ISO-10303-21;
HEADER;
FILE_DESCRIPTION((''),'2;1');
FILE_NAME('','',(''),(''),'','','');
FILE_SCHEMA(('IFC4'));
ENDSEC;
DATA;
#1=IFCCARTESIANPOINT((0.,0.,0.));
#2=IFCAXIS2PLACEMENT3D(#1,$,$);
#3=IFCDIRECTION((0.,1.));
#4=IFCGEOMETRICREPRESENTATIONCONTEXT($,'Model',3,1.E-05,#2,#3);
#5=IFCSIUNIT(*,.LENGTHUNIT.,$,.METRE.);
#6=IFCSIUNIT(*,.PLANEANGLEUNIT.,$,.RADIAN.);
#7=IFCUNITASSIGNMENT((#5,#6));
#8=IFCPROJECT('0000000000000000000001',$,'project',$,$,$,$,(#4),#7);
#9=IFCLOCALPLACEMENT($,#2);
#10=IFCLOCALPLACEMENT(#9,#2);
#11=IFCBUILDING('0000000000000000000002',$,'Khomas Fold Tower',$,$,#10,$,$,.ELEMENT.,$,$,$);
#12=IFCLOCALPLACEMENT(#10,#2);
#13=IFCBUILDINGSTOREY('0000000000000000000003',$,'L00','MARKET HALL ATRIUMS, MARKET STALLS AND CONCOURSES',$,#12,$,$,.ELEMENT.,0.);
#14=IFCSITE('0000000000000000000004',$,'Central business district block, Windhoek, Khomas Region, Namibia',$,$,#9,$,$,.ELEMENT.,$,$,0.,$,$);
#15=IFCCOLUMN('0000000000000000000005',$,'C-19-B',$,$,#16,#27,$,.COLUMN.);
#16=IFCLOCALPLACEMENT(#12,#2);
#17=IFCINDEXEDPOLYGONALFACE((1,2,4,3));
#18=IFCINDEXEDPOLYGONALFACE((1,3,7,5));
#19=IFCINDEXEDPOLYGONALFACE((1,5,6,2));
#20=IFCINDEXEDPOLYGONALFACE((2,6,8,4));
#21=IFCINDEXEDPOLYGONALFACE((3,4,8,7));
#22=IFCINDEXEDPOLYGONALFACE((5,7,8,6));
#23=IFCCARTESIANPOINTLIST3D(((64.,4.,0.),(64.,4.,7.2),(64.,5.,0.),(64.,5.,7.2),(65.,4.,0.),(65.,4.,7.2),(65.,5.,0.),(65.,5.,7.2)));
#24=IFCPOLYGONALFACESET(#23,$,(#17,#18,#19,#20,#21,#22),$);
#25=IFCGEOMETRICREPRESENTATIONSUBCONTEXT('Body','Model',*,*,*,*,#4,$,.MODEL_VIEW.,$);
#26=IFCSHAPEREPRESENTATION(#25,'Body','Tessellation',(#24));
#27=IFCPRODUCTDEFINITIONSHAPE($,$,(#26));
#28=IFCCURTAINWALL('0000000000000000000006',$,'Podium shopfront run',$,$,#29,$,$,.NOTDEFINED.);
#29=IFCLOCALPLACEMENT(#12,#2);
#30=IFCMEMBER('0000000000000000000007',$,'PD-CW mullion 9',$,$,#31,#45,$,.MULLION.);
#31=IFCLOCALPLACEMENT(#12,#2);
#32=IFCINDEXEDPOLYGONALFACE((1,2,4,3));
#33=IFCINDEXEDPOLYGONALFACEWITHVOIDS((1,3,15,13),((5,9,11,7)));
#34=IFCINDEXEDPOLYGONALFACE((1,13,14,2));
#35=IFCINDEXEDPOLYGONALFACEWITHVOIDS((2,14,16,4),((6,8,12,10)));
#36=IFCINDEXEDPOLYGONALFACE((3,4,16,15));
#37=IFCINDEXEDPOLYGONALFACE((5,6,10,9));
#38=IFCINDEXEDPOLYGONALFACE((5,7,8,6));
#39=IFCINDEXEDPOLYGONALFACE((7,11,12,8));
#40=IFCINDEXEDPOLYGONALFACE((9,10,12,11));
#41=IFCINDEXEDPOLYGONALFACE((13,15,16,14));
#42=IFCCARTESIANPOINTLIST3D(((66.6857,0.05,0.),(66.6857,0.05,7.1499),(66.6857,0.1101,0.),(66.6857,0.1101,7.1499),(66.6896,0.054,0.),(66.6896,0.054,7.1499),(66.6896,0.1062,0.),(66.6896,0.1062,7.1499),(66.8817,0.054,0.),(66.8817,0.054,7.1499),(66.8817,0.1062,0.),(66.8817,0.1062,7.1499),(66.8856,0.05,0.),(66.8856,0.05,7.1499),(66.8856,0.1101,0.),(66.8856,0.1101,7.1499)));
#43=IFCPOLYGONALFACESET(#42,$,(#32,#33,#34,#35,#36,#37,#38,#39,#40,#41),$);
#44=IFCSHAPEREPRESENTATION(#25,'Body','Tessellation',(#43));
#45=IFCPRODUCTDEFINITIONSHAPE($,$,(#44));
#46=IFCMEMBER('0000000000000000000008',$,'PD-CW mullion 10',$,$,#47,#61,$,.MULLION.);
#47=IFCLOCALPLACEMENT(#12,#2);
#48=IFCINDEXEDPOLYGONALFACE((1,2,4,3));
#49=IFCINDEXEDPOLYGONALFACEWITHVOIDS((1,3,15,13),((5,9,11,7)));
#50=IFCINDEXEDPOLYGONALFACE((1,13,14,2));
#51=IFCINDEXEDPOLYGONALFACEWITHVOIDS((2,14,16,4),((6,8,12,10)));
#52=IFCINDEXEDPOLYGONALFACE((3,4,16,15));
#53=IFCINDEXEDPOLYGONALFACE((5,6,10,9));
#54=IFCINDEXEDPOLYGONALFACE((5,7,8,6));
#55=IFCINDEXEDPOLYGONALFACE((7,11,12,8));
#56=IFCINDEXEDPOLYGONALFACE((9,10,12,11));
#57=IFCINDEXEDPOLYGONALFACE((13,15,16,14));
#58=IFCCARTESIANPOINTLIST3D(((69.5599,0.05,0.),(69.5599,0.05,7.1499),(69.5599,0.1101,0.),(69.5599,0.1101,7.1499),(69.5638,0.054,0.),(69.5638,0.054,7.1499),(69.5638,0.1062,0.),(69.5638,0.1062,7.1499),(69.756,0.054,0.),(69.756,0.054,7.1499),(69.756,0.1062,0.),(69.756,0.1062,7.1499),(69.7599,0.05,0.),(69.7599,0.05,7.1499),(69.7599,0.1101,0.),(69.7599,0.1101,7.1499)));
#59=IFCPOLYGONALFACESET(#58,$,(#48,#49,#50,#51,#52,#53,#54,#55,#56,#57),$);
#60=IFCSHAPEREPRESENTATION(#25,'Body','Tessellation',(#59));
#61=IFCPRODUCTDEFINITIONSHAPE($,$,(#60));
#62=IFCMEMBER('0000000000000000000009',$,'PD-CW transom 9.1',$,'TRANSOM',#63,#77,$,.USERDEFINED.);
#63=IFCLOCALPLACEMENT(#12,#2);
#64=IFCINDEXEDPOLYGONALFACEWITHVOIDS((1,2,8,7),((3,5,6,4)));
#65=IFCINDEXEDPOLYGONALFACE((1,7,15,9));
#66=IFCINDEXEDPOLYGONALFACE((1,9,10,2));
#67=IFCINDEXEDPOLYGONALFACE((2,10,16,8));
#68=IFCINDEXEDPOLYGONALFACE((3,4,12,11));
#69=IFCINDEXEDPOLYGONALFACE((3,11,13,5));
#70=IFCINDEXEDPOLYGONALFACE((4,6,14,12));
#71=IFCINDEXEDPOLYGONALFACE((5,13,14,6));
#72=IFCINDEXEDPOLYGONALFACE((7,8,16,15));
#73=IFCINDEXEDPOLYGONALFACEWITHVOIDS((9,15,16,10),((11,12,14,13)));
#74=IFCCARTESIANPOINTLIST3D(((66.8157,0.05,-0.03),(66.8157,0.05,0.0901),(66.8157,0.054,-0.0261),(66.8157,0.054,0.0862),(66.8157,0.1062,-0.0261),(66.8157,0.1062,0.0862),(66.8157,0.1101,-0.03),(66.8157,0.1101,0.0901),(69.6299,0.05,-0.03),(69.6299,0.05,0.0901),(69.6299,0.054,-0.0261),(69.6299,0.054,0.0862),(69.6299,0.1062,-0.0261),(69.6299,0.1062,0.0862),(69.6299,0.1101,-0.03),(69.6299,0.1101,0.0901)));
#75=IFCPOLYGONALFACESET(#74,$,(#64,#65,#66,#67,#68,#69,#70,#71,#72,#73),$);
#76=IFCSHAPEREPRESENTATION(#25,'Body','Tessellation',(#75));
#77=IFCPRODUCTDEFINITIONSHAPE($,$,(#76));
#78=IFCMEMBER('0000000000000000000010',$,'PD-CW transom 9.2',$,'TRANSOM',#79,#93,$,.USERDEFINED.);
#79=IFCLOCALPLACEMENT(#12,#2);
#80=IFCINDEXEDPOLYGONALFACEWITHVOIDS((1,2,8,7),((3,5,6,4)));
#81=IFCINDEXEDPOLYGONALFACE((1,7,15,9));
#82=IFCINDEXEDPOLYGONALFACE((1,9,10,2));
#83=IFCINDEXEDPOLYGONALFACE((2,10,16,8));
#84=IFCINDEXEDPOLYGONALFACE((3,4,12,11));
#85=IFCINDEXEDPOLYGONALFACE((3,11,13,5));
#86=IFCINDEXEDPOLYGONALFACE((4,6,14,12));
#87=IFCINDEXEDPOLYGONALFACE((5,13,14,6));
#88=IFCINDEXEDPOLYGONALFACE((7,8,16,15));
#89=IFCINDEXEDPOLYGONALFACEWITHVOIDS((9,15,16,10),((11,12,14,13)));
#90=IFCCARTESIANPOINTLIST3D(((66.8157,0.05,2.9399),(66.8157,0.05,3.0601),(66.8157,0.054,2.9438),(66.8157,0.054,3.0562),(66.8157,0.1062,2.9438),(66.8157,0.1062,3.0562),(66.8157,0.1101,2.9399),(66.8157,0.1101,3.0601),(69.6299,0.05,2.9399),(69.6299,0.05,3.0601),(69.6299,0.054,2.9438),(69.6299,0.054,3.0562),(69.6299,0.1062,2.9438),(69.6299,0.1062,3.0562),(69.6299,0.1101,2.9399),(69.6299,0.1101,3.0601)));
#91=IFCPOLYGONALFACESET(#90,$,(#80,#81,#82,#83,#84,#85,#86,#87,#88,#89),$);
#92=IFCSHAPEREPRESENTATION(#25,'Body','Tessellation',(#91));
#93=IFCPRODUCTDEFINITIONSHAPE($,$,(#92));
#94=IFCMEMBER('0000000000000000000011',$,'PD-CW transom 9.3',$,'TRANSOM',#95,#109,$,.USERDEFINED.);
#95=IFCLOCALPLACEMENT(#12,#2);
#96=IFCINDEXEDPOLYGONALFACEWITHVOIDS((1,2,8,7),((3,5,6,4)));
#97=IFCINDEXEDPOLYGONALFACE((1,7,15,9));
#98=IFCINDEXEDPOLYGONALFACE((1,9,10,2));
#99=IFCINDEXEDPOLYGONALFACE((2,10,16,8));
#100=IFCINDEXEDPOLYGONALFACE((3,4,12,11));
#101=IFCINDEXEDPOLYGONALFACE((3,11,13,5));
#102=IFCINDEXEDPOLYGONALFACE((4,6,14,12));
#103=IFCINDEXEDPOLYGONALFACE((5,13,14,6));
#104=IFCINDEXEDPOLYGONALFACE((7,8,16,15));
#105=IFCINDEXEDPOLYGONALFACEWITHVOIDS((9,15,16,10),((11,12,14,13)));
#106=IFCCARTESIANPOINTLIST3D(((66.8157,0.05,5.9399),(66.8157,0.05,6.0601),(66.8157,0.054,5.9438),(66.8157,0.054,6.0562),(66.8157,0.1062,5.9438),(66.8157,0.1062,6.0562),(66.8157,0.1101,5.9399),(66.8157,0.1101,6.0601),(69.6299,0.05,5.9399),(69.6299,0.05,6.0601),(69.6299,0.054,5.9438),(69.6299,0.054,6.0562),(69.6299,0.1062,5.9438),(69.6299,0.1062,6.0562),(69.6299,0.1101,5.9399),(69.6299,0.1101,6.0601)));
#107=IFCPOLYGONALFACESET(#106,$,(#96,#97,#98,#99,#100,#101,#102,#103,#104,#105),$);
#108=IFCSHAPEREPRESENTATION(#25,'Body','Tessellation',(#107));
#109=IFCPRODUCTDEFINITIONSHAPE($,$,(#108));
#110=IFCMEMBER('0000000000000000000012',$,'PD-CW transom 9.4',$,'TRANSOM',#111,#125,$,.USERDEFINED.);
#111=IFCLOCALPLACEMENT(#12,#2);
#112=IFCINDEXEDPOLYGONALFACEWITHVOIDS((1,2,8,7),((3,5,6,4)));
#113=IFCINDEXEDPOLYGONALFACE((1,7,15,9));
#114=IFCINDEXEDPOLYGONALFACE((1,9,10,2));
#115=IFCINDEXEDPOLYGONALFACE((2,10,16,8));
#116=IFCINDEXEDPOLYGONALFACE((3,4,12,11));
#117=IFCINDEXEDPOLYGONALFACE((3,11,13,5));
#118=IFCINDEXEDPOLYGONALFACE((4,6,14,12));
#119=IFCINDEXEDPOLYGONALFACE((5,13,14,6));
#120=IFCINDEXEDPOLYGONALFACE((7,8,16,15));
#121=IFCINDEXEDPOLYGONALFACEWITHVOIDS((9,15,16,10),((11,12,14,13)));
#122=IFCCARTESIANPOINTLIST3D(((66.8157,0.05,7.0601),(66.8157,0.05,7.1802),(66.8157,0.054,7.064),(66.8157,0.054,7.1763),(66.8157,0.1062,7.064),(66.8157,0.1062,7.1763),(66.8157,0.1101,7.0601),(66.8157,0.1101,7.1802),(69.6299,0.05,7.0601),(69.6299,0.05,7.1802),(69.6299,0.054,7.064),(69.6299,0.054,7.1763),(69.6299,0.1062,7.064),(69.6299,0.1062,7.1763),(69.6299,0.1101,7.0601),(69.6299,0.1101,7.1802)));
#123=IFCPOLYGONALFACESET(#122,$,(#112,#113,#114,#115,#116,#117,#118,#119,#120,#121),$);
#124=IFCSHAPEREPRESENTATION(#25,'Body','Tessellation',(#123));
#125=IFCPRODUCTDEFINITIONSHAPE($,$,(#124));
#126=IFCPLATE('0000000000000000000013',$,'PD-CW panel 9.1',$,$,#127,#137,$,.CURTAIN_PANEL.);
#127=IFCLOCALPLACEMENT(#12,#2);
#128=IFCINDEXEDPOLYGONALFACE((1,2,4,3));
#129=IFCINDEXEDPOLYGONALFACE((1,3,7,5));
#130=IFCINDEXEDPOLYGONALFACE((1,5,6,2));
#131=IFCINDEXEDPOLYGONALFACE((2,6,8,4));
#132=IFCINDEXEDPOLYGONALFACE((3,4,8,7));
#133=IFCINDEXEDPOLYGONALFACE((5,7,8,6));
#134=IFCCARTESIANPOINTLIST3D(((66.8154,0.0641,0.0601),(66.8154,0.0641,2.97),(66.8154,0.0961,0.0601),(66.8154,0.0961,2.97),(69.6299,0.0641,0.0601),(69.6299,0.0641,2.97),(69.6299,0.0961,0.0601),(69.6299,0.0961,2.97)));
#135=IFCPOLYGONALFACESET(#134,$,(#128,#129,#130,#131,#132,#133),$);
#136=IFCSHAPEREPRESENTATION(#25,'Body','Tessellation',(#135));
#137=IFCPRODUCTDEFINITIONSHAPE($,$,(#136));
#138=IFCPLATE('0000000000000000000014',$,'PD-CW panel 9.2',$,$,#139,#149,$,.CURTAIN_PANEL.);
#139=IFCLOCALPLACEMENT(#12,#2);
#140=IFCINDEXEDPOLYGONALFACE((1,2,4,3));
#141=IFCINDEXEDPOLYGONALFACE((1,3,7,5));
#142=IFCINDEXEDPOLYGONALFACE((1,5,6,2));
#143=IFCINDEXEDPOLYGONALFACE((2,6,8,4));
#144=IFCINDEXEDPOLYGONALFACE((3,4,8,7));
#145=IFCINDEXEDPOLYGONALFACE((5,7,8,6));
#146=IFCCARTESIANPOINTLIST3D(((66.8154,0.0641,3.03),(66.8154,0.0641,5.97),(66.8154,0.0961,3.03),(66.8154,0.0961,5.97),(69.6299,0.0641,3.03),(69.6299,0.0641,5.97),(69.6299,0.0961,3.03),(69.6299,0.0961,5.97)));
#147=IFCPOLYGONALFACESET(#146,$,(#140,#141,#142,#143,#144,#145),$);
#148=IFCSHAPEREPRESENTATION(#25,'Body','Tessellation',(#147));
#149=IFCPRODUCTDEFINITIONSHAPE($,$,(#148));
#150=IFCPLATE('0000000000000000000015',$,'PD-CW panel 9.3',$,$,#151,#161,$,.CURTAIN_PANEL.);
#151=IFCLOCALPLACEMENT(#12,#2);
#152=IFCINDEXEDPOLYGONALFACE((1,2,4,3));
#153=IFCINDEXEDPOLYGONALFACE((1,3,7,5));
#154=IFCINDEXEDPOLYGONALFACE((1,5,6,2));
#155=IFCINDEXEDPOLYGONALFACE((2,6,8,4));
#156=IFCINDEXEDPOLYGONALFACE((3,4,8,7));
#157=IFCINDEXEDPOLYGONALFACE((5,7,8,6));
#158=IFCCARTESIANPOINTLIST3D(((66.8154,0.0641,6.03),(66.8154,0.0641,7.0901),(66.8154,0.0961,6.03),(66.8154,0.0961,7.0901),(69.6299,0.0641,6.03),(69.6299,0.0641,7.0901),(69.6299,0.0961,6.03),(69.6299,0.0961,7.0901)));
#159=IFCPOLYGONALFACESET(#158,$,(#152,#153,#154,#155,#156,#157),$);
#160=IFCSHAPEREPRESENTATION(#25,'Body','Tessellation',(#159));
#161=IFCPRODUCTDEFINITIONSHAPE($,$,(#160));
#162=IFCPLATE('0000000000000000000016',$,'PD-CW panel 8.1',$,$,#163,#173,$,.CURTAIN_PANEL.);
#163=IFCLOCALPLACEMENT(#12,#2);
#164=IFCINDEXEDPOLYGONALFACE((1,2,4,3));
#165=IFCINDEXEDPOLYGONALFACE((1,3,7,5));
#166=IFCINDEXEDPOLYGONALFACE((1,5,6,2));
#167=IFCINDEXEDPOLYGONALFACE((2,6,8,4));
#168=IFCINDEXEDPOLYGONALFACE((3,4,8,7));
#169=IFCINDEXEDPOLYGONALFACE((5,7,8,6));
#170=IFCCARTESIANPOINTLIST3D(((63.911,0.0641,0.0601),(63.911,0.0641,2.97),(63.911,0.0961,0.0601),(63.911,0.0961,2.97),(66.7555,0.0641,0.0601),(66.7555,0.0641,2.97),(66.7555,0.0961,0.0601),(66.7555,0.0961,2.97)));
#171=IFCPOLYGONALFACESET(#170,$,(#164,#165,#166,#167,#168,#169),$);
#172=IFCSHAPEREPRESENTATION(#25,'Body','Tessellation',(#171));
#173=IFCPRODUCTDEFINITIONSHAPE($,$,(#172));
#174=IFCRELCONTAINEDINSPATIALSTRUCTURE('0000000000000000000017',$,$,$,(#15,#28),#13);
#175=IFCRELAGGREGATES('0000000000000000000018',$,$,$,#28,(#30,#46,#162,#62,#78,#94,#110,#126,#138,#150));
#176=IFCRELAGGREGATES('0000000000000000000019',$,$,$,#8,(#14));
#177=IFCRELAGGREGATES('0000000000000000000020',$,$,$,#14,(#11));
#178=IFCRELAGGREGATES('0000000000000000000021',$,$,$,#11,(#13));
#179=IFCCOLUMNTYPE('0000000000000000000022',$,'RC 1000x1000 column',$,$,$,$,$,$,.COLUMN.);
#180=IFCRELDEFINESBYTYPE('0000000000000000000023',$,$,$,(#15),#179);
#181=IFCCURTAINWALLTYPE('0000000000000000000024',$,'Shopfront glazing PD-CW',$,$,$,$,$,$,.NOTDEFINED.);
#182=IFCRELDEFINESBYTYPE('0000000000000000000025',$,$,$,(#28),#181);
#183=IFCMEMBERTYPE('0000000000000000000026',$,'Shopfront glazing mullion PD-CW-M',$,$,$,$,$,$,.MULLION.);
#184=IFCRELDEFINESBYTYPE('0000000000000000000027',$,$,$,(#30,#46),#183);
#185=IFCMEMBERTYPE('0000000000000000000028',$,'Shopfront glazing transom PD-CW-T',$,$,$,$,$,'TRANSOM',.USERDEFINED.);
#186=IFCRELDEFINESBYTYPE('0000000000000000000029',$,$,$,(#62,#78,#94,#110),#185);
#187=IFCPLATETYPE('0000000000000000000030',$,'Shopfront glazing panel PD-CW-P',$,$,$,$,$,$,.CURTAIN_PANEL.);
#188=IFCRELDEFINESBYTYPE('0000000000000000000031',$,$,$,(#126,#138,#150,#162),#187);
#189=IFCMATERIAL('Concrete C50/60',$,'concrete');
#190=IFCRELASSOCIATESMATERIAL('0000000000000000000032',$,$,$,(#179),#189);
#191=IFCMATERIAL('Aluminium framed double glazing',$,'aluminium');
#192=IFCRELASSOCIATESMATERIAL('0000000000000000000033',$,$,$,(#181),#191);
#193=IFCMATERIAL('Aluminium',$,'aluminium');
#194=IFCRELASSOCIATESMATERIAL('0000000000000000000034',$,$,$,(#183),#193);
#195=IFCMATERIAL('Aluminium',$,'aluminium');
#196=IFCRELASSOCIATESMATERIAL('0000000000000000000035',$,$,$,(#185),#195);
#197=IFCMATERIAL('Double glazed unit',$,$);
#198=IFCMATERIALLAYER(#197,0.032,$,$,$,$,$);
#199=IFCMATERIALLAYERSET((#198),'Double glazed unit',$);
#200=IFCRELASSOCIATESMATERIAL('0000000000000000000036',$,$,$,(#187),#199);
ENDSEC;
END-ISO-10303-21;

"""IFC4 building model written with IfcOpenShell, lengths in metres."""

from ifc_helpers import new_model, si_unit, direction, frame, origin, origin_2d, place, context, subcontext, project, spatial, rectangle, hollow_rectangle, extrude, source, transform, mapped, material, layer, layer_set, material_profile, profile_set, type_object, element, aggregate, save


model = new_model("IFC4")

# Units and contexts
model_context = context("Model", 3, precision=1e-05, world=origin(), true_north=direction((0.0, 1.0)))
body_context = subcontext(model_context, "Body", "Model", "MODEL_VIEW")
ifc_project = project(units=[si_unit("LENGTHUNIT", "METRE"), si_unit("PLANEANGLEUNIT", "RADIAN")], contexts=[model_context])

# Site, building, storey
site_placement = place(None, origin())
site = spatial("IfcSite", under=ifc_project, at=site_placement, Name="Central business district block, Windhoek, Khomas Region, Namibia", CompositionType="ELEMENT", RefElevation=0.0)
building_placement = place(site_placement, origin())
building = spatial("IfcBuilding", under=site, at=building_placement, Name="Khomas Fold Tower", CompositionType="ELEMENT")
storey_placement = place(building_placement, origin())
storey = spatial("IfcBuildingStorey", under=building, at=storey_placement, Name="L00", Description="MARKET HALL ATRIUMS, MARKET STALLS AND CONCOURSES", CompositionType="ELEMENT", Elevation=0.0)

# Column
ifc_material_1 = material(Name="Concrete C50/60", Category="concrete")
ifc_material_profile_1 = material_profile(ifc_material_1, rectangle(XDim=1.0, YDim=1.0, at=origin_2d()), Name="RC 1000x1000")
ifc_profile_set_1 = profile_set([ifc_material_profile_1], Name="Concrete C50/60")
column_type = type_object("IfcColumnType", Name="RC 1000x1000 column", PredefinedType="COLUMN", material=ifc_profile_set_1)
shared_shape_1 = source(origin(), body_context, "Body", "SweptSolid", [
    extrude(rectangle(XDim=1.0, YDim=1.0, at=origin_2d()), origin(), (0.0, 0.0, 1.0), 7.2),
])
column_placement = place(storey_placement, frame((64.5, 4.5, 0.0), z_axis=(0.0, 0.0, 1.0), x_axis=(1.0, 0.0, 0.0)))
element("IfcColumn", 1, at=column_placement, inside=storey, type_object=column_type, Name="C-19-B", PredefinedType="COLUMN", context=body_context, shape_type="MappedRepresentation", body=[
    mapped(shared_shape_1, transform((0.0, 0.0, 0.0))),
])

# Curtain wall, members, plates
ifc_material_2 = material(Name="Aluminium framed double glazing", Category="aluminium")
curtain_wall_type = type_object("IfcCurtainWallType", Name="Shopfront glazing PD-CW", PredefinedType="NOTDEFINED", material=ifc_material_2)
curtain_wall_placement = place(storey_placement, origin())
curtain_wall = element("IfcCurtainWall", 2, at=curtain_wall_placement, inside=storey, type_object=curtain_wall_type, Name="Podium shopfront run", PredefinedType="NOTDEFINED")
ifc_material_3 = material(Name="Aluminium", Category="aluminium")
ifc_material_profile_2 = material_profile(ifc_material_3, hollow_rectangle(XDim=0.0601, YDim=0.2, WallThickness=0.0039, at=origin_2d()), Name="Shopfront glazing mullion PD-CW-M")
ifc_profile_set_2 = profile_set([ifc_material_profile_2], Name="Aluminium")
member_type_1 = type_object("IfcMemberType", Name="Shopfront glazing mullion PD-CW-M", PredefinedType="MULLION", material=ifc_profile_set_2)
shared_shape_2 = source(origin(), body_context, "Body", "SweptSolid", [
    extrude(hollow_rectangle(XDim=0.0601, YDim=0.2, WallThickness=0.0039, at=origin_2d()), origin(), (0.0, 0.0, 1.0), 7.1499),
])
member_1_placement = place(storey_placement, frame((66.7856, 0.0801, 0.0), z_axis=(0.0, 0.0, 1.0), x_axis=(0.0, 1.0, 0.0)))
member_1 = element("IfcMember", 3, at=member_1_placement, type_object=member_type_1, Name="PD-CW mullion 9", PredefinedType="MULLION", context=body_context, shape_type="MappedRepresentation", body=[
    mapped(shared_shape_2, transform((0.0, 0.0, 0.0))),
])
member_2_placement = place(storey_placement, frame((69.6599, 0.0801, 0.0), z_axis=(0.0, 0.0, 1.0), x_axis=(0.0, 1.0, 0.0)))
member_2 = element("IfcMember", 4, at=member_2_placement, type_object=member_type_1, Name="PD-CW mullion 10", PredefinedType="MULLION", context=body_context, shape_type="MappedRepresentation", body=[
    mapped(shared_shape_2, transform((0.0, 0.0, 0.0))),
])
ifc_material_4 = material(Name="Aluminium", Category="aluminium")
ifc_material_profile_3 = material_profile(ifc_material_4, hollow_rectangle(XDim=0.0601, YDim=0.1201, WallThickness=0.0039, at=origin_2d()), Name="Shopfront glazing transom PD-CW-T")
ifc_profile_set_3 = profile_set([ifc_material_profile_3], Name="Aluminium")
member_type_2 = type_object("IfcMemberType", Name="Shopfront glazing transom PD-CW-T", ElementType="TRANSOM", PredefinedType="USERDEFINED", material=ifc_profile_set_3)
shared_shape_3 = source(origin(), body_context, "Body", "SweptSolid", [
    extrude(hollow_rectangle(XDim=0.0601, YDim=0.1201, WallThickness=0.0039, at=origin_2d()), origin(), (0.0, 0.0, 1.0), 2.8142),
])
member_3_placement = place(storey_placement, frame((66.8157, 0.0801, 0.03), z_axis=(1.0, 0.0, 0.0), x_axis=(0.0, 1.0, 0.0)))
member_3 = element("IfcMember", 5, at=member_3_placement, type_object=member_type_2, Name="PD-CW transom 9.1", ObjectType="TRANSOM", PredefinedType="USERDEFINED", context=body_context, shape_type="MappedRepresentation", body=[
    mapped(shared_shape_3, transform((0.0, 0.0, 0.0))),
])
member_4_placement = place(storey_placement, frame((66.8157, 0.0801, 3.0), z_axis=(1.0, 0.0, 0.0), x_axis=(0.0, 1.0, 0.0)))
member_4 = element("IfcMember", 6, at=member_4_placement, type_object=member_type_2, Name="PD-CW transom 9.2", ObjectType="TRANSOM", PredefinedType="USERDEFINED", context=body_context, shape_type="MappedRepresentation", body=[
    mapped(shared_shape_3, transform((0.0, 0.0, 0.0))),
])
member_5_placement = place(storey_placement, frame((66.8157, 0.0801, 6.0), z_axis=(1.0, 0.0, 0.0), x_axis=(0.0, 1.0, 0.0)))
member_5 = element("IfcMember", 7, at=member_5_placement, type_object=member_type_2, Name="PD-CW transom 9.3", ObjectType="TRANSOM", PredefinedType="USERDEFINED", context=body_context, shape_type="MappedRepresentation", body=[
    mapped(shared_shape_3, transform((0.0, 0.0, 0.0))),
])
member_6_placement = place(storey_placement, frame((66.8157, 0.0801, 7.1201), z_axis=(1.0, 0.0, 0.0), x_axis=(0.0, 1.0, 0.0)))
member_6 = element("IfcMember", 8, at=member_6_placement, type_object=member_type_2, Name="PD-CW transom 9.4", ObjectType="TRANSOM", PredefinedType="USERDEFINED", context=body_context, shape_type="MappedRepresentation", body=[
    mapped(shared_shape_3, transform((0.0, 0.0, 0.0))),
])
ifc_material_5 = material(Name="Double glazed unit")
ifc_layer_1 = layer(ifc_material_5, 0.032)
ifc_layer_set_1 = layer_set([ifc_layer_1], Name="Double glazed unit")
plate_type = type_object("IfcPlateType", Name="Shopfront glazing panel PD-CW-P", PredefinedType="CURTAIN_PANEL", material=ifc_layer_set_1)
shared_shape_4 = source(origin(), body_context, "Body", "SweptSolid", [
    extrude(rectangle(XDim=2.8145, YDim=0.032, at=origin_2d()), origin(), (0.0, 0.0, 1.0), 2.9099),
])
plate_1_placement = place(storey_placement, frame((68.2227, 0.0801, 0.0601), z_axis=(0.0, 0.0, 1.0), x_axis=(1.0, 0.0, 0.0)))
plate_1 = element("IfcPlate", 9, at=plate_1_placement, type_object=plate_type, Name="PD-CW panel 9.1", PredefinedType="CURTAIN_PANEL", context=body_context, shape_type="MappedRepresentation", body=[
    mapped(shared_shape_4, transform((0.0, 0.0, 0.0))),
])
shared_shape_5 = source(origin(), body_context, "Body", "SweptSolid", [
    extrude(rectangle(XDim=2.8145, YDim=0.032, at=origin_2d()), origin(), (0.0, 0.0, 1.0), 2.9399),
])
plate_2_placement = place(storey_placement, frame((68.2227, 0.0801, 3.03), z_axis=(0.0, 0.0, 1.0), x_axis=(1.0, 0.0, 0.0)))
plate_2 = element("IfcPlate", 10, at=plate_2_placement, type_object=plate_type, Name="PD-CW panel 9.2", PredefinedType="CURTAIN_PANEL", context=body_context, shape_type="MappedRepresentation", body=[
    mapped(shared_shape_5, transform((0.0, 0.0, 0.0))),
])
shared_shape_6 = source(origin(), body_context, "Body", "SweptSolid", [
    extrude(rectangle(XDim=2.8145, YDim=0.032, at=origin_2d()), origin(), (0.0, 0.0, 1.0), 1.0601),
])
plate_3_placement = place(storey_placement, frame((68.2227, 0.0801, 6.03), z_axis=(0.0, 0.0, 1.0), x_axis=(1.0, 0.0, 0.0)))
plate_3 = element("IfcPlate", 11, at=plate_3_placement, type_object=plate_type, Name="PD-CW panel 9.3", PredefinedType="CURTAIN_PANEL", context=body_context, shape_type="MappedRepresentation", body=[
    mapped(shared_shape_6, transform((0.0, 0.0, 0.0))),
])
shared_shape_7 = source(origin(), body_context, "Body", "SweptSolid", [
    extrude(rectangle(XDim=2.8445, YDim=0.032, at=origin_2d()), origin(), (0.0, 0.0, 1.0), 2.9099),
])
plate_4_placement = place(storey_placement, frame((65.3333, 0.0801, 0.0601), z_axis=(0.0, 0.0, 1.0), x_axis=(1.0, 0.0, 0.0)))
plate_4 = element("IfcPlate", 12, at=plate_4_placement, type_object=plate_type, Name="PD-CW panel 8.1", PredefinedType="CURTAIN_PANEL", context=body_context, shape_type="MappedRepresentation", body=[
    mapped(shared_shape_7, transform((0.0, 0.0, 0.0))),
])
aggregate(curtain_wall, [member_1, member_2, plate_4, member_3, member_4, member_5, member_6, plate_1, plate_2, plate_3])

save(model, "model.ifc")
